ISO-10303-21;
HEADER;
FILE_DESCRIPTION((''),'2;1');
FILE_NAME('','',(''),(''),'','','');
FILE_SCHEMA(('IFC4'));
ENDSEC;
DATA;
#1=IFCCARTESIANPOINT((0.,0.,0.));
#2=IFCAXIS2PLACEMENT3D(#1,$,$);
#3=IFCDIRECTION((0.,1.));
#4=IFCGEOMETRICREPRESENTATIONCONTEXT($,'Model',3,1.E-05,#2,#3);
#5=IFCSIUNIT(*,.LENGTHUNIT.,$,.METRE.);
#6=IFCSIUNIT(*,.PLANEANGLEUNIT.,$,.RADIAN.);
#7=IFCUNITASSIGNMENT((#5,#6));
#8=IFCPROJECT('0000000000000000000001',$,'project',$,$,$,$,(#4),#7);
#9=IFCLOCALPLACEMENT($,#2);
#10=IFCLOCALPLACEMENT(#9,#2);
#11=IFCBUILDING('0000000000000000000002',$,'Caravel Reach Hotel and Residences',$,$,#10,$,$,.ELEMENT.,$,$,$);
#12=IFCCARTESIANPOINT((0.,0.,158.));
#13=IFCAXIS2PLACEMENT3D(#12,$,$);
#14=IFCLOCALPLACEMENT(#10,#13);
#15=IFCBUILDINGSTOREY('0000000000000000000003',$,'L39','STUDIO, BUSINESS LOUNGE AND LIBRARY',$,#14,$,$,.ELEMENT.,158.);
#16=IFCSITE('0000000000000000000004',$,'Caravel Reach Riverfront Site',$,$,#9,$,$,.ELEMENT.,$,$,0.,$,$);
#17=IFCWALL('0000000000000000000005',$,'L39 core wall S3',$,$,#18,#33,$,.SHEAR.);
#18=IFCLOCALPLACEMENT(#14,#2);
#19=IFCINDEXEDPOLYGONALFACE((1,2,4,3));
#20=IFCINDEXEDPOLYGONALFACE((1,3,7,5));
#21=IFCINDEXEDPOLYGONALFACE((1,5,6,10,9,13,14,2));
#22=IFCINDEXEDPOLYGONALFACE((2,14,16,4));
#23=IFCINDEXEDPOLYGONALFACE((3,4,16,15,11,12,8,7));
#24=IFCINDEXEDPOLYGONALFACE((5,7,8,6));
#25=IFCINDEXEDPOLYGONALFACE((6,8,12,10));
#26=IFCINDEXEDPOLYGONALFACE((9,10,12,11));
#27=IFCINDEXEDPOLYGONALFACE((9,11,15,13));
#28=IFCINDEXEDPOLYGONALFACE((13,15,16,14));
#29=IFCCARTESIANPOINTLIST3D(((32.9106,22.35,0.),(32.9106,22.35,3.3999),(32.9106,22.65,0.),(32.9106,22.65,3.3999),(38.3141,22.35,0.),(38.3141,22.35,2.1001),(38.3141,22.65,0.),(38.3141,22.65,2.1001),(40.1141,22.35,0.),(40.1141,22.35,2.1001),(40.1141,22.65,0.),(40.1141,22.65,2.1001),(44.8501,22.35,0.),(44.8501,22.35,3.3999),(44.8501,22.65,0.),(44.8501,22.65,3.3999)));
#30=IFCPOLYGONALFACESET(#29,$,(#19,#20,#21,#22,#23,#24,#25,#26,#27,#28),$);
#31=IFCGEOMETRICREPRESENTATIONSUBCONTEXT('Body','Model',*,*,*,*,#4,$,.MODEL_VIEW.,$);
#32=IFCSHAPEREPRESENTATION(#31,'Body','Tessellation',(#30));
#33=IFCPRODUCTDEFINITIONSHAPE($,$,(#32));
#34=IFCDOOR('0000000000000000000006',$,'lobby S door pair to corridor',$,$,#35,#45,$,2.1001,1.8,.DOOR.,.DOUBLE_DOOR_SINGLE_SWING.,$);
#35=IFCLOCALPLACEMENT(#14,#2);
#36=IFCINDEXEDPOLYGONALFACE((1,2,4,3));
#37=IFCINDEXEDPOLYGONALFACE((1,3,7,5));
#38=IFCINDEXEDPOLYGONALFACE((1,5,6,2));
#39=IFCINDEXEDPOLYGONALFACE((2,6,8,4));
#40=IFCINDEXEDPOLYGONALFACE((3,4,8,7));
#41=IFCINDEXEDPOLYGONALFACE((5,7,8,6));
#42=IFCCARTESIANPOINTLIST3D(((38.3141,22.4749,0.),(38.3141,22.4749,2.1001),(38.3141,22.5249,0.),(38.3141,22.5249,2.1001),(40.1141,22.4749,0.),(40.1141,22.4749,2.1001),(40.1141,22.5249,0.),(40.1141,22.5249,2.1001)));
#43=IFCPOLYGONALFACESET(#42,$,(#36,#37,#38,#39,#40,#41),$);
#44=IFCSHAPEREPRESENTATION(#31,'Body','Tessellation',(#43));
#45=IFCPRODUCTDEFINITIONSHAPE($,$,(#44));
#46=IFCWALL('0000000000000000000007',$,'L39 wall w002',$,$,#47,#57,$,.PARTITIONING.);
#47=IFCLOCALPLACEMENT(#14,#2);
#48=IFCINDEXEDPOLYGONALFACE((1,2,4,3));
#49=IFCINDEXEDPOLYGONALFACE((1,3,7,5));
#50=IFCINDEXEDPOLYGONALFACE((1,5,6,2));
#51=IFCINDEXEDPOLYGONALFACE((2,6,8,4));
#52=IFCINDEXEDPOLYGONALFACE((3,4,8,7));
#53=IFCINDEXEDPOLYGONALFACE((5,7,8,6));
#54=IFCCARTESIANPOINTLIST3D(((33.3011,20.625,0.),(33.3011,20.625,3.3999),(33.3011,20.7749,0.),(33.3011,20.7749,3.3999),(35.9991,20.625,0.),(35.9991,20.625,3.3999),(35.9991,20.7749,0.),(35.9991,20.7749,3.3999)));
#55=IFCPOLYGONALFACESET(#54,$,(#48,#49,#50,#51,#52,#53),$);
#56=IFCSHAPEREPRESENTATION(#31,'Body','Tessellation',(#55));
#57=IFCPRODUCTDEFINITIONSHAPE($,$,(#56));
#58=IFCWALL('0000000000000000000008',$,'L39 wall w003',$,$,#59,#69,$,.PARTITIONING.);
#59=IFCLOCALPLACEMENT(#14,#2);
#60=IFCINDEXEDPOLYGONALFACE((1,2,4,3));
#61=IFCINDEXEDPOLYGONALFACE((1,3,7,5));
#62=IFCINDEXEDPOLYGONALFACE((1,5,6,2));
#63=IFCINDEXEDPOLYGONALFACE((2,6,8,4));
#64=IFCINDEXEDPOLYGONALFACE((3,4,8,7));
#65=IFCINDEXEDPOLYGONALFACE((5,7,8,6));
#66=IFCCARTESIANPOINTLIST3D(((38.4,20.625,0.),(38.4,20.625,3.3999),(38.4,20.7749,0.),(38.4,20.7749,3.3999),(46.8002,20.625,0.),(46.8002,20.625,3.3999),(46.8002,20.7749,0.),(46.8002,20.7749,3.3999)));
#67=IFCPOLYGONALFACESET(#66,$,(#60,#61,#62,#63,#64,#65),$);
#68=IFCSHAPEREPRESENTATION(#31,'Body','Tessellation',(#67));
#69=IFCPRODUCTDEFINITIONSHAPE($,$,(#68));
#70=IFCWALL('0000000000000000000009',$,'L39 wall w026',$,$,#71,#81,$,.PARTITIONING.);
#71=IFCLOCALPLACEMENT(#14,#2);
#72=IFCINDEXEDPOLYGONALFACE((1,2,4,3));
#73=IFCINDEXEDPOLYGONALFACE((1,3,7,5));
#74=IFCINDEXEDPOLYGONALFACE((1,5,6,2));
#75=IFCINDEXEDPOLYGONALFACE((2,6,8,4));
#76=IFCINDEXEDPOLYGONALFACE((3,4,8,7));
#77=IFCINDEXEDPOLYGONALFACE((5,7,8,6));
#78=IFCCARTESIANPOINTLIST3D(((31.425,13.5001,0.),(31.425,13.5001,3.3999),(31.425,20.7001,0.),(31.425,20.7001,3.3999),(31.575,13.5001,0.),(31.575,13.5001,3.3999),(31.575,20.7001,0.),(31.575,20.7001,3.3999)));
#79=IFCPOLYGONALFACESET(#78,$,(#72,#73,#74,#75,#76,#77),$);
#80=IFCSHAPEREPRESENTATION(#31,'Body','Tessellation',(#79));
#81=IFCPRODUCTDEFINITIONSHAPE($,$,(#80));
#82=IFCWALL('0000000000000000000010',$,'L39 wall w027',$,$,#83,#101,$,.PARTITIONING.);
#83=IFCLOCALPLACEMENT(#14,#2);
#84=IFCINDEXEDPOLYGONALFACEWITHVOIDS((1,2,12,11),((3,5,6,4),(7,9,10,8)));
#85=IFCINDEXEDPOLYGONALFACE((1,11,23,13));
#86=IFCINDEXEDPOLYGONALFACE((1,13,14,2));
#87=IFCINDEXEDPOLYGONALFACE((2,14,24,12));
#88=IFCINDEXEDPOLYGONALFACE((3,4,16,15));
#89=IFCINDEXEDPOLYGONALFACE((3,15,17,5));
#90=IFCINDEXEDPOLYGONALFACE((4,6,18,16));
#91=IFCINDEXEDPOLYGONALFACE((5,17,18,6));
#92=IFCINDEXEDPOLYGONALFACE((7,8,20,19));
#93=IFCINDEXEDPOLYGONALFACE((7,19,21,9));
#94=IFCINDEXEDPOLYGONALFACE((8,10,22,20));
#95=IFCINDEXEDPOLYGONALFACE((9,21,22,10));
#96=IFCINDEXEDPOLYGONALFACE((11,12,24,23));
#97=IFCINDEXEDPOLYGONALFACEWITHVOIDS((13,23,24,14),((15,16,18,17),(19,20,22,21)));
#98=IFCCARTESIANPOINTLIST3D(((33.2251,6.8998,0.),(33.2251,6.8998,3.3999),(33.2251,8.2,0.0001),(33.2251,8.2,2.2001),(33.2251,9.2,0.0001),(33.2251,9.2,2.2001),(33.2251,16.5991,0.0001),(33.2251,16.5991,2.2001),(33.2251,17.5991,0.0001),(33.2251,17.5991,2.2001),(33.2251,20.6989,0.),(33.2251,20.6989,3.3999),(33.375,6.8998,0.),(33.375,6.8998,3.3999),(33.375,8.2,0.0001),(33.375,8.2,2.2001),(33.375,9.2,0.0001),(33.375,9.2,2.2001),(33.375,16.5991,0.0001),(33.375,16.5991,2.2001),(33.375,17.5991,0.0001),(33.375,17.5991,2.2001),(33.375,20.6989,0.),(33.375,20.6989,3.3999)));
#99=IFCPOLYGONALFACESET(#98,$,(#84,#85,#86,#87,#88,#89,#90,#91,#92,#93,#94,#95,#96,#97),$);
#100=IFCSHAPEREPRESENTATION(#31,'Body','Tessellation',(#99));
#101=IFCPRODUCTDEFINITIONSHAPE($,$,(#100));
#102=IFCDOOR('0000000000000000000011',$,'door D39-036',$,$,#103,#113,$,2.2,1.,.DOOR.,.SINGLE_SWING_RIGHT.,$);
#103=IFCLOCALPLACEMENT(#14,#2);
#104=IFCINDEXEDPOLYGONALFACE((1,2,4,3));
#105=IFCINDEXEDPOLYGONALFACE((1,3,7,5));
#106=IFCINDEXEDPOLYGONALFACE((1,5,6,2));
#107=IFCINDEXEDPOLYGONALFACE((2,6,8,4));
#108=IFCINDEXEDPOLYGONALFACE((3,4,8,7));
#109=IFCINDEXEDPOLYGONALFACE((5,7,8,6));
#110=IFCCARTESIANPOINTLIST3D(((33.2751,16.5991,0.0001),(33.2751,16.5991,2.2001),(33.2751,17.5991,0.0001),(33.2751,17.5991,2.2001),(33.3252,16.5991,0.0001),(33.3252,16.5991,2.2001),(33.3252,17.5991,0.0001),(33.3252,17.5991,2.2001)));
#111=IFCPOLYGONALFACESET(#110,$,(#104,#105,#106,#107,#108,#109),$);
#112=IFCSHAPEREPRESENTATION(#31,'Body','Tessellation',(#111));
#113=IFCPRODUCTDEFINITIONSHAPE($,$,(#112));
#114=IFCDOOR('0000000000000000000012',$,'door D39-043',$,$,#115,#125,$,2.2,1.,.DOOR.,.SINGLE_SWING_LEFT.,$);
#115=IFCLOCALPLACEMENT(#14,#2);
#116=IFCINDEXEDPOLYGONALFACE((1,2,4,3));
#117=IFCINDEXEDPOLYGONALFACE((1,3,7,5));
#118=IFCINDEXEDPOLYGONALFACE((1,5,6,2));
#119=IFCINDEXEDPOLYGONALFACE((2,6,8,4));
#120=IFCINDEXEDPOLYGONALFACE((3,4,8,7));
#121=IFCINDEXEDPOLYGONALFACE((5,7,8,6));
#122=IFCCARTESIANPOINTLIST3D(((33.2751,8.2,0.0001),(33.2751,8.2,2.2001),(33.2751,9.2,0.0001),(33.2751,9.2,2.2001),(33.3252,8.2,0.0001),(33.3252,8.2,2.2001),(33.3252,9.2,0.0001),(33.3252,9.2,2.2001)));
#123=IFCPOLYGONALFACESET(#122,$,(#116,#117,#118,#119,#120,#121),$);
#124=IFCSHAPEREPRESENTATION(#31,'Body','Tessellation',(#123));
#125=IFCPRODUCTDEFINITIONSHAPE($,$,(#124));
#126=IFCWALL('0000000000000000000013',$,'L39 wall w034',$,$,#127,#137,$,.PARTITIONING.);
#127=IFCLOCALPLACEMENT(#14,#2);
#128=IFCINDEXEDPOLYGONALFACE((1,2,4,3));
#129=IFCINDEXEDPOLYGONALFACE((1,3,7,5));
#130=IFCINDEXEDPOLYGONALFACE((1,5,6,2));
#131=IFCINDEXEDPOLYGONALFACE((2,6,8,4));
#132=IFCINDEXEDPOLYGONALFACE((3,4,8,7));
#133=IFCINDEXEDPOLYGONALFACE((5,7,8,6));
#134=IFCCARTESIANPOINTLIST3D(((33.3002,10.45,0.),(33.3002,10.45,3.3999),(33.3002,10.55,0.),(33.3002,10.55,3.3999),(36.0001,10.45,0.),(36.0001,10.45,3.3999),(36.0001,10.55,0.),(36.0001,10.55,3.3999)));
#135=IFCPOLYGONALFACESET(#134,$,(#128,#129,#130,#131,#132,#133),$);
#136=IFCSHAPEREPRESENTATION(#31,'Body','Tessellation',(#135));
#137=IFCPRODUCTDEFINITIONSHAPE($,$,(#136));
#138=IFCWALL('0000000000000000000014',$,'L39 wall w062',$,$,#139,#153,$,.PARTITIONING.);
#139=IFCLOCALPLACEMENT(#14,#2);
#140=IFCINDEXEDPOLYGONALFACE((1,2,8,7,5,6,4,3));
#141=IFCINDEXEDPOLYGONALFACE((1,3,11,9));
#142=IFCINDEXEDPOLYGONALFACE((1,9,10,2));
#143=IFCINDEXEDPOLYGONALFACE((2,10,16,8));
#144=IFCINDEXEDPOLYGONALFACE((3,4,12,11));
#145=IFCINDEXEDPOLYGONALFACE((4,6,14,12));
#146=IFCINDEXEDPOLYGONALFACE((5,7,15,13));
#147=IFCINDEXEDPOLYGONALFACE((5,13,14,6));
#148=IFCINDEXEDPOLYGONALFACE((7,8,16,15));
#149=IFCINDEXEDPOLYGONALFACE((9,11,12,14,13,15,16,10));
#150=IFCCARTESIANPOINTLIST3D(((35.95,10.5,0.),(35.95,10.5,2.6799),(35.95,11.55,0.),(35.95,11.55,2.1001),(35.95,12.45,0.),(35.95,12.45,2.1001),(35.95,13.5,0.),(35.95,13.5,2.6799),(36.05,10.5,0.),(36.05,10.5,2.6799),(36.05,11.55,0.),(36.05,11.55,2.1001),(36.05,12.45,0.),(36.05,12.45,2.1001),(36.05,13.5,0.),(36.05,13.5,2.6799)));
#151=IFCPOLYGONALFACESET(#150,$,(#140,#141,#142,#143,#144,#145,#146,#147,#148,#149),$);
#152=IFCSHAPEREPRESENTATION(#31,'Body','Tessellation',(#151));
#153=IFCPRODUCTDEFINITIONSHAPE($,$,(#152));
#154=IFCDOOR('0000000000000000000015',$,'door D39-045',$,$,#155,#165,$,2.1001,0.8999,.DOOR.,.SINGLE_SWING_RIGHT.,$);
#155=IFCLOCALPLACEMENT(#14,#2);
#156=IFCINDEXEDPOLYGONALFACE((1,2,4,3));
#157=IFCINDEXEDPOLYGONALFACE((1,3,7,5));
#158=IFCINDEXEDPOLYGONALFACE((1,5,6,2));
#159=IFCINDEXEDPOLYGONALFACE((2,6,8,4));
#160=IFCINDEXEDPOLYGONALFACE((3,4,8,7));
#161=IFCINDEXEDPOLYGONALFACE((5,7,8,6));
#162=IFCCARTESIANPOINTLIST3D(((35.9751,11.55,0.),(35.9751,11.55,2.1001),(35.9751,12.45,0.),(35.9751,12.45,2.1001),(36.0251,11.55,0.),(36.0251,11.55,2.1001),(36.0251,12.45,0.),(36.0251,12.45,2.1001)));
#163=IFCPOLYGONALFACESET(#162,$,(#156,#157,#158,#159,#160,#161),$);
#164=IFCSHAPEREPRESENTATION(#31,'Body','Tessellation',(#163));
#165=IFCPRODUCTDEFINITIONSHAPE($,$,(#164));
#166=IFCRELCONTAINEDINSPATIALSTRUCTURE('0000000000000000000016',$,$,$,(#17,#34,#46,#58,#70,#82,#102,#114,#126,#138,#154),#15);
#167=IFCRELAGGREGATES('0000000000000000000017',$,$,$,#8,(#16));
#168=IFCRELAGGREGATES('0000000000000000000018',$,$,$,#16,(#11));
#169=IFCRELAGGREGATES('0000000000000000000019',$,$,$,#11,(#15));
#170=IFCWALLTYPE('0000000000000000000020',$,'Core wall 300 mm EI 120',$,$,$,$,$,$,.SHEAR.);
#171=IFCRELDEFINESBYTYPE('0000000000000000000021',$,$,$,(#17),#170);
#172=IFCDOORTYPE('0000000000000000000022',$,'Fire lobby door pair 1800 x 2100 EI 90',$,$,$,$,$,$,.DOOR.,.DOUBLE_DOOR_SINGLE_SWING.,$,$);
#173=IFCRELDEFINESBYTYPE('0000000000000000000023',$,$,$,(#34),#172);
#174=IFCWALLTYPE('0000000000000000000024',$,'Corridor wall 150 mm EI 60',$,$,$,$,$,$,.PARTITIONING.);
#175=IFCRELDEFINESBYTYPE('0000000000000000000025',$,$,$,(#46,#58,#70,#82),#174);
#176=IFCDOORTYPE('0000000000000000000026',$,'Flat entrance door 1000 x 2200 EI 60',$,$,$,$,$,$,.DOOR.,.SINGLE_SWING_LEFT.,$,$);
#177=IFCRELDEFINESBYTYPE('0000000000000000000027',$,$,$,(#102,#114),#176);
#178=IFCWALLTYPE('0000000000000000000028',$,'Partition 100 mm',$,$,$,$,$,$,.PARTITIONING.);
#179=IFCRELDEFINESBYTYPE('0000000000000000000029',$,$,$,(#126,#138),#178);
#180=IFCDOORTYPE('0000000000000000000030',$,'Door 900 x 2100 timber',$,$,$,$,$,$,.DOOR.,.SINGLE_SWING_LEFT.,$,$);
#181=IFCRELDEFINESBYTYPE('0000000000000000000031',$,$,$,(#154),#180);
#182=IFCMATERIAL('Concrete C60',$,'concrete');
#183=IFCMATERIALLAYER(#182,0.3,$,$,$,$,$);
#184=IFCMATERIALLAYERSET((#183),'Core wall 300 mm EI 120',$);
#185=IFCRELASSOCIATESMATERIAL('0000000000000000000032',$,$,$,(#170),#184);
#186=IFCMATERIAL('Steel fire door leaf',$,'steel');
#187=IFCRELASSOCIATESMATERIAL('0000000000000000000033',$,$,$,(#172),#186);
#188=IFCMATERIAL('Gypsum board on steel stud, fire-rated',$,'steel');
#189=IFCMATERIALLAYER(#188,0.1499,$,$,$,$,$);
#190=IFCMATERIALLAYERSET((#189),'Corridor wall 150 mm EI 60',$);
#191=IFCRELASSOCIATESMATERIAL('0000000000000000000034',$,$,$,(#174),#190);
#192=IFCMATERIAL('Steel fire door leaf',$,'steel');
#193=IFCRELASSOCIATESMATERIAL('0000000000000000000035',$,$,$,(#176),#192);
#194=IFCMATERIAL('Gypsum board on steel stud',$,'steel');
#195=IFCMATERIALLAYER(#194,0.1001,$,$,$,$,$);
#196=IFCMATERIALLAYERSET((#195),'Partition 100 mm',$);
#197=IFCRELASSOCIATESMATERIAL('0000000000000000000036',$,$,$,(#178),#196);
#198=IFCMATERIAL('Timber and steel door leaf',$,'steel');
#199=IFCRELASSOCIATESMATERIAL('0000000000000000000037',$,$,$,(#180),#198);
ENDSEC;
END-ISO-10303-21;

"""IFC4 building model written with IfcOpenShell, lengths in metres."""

from ifc_helpers import new_model, si_unit, direction, frame, frame_2d, origin, place, context, subcontext, project, spatial, rectangle, extrude, material, layer, layer_set, type_object, element, fill, save


model = new_model("IFC4")

# Units and contexts
model_context = context("Model", 3, precision=1e-05, world=origin(), true_north=direction((0.0, 1.0)))
body_context = subcontext(model_context, "Body", "Model", "MODEL_VIEW")
ifc_project = project(units=[si_unit("LENGTHUNIT", "METRE"), si_unit("PLANEANGLEUNIT", "RADIAN")], contexts=[model_context])

# Site, building, storey
site_placement = place(None, origin())
site = spatial("IfcSite", under=ifc_project, at=site_placement, Name="Caravel Reach Riverfront Site", CompositionType="ELEMENT", RefElevation=0.0)
building_placement = place(site_placement, origin())
building = spatial("IfcBuilding", under=site, at=building_placement, Name="Caravel Reach Hotel and Residences", CompositionType="ELEMENT")
storey_placement = place(building_placement, frame((0.0, 0.0, 158.0)))
storey = spatial("IfcBuildingStorey", under=building, at=storey_placement, Name="L39", Description="STUDIO, BUSINESS LOUNGE AND LIBRARY", CompositionType="ELEMENT", Elevation=158.0)

# Wall, opening, door
ifc_material_1 = material(Name="Concrete C60", Category="concrete")
ifc_layer_1 = layer(ifc_material_1, 0.3)
ifc_layer_set_1 = layer_set([ifc_layer_1], Name="Core wall 300 mm EI 120")
wall_type_1 = type_object("IfcWallType", Name="Core wall 300 mm EI 120", PredefinedType="SHEAR", material=ifc_layer_set_1)
wall_1_placement = place(storey_placement, frame((32.9106, 22.5, 0.0), z_axis=(0.0, 0.0, 1.0), x_axis=(1.0, 0.0, 0.0)))
wall_1 = element("IfcWall", 1, at=wall_1_placement, inside=storey, type_object=wall_type_1, Name="L39 core wall S3", PredefinedType="SHEAR", context=body_context, shape_type="SweptSolid", body=[
    extrude(rectangle(XDim=11.9395, YDim=0.3, at=frame_2d((5.9697, 0.0))), origin(), (0.0, 0.0, 1.0), 3.3999),
])
opening_1_placement = place(wall_1_placement, frame((5.4036, 0.0, 0.0)))
opening_1 = element("IfcOpeningElement", 2, at=opening_1_placement, cuts=wall_1, PredefinedType="OPENING", context=body_context, shape_type="SweptSolid", body=[
    extrude(rectangle(XDim=1.8, YDim=2.1001, at=frame_2d((0.8999, 1.05))), frame((0.0, 0.1599, 0.0), z_axis=(0.0, -1.0, 0.0), x_axis=(1.0, 0.0, 0.0)), (0.0, 0.0, 1.0), 0.3201),
])
ifc_material_2 = material(Name="Steel fire door leaf", Category="steel")
door_type_1 = type_object("IfcDoorType", Name="Fire lobby door pair 1800 x 2100 EI 90", OperationType="DOUBLE_DOOR_SINGLE_SWING", PredefinedType="DOOR", material=ifc_material_2)
door_1_placement = place(opening_1_placement, origin())
door_1 = element("IfcDoor", 3, at=door_1_placement, inside=storey, type_object=door_type_1, Name="lobby S door pair to corridor", OperationType="DOUBLE_DOOR_SINGLE_SWING", OverallHeight=2.1001, OverallWidth=1.8, PredefinedType="DOOR", context=body_context, shape_type="SweptSolid", body=[
    extrude(rectangle(XDim=1.8, YDim=2.1001, at=frame_2d((0.8999, 1.05))), frame((0.0, 0.0249, 0.0), z_axis=(0.0, -1.0, 0.0), x_axis=(1.0, 0.0, 0.0)), (0.0, 0.0, 1.0), 0.05),
])
fill(opening_1, door_1)

# Walls
ifc_material_3 = material(Name="Gypsum board on steel stud, fire-rated", Category="steel")
ifc_layer_2 = layer(ifc_material_3, 0.1499)
ifc_layer_set_2 = layer_set([ifc_layer_2], Name="Corridor wall 150 mm EI 60")
wall_type_2 = type_object("IfcWallType", Name="Corridor wall 150 mm EI 60", PredefinedType="PARTITIONING", material=ifc_layer_set_2)
wall_2_placement = place(storey_placement, frame((33.301, 20.7, 0.0), z_axis=(0.0, 0.0, 1.0), x_axis=(1.0, 0.0, 0.0)))
element("IfcWall", 4, at=wall_2_placement, inside=storey, type_object=wall_type_2, Name="L39 wall w002", PredefinedType="PARTITIONING", context=body_context, shape_type="SweptSolid", body=[
    extrude(rectangle(XDim=2.698, YDim=0.1499, at=frame_2d((1.3491, 0.0))), origin(), (0.0, 0.0, 1.0), 3.3999),
])
wall_3_placement = place(storey_placement, frame((38.3999, 20.7, 0.0), z_axis=(0.0, 0.0, 1.0), x_axis=(1.0, 0.0, 0.0)))
element("IfcWall", 5, at=wall_3_placement, inside=storey, type_object=wall_type_2, Name="L39 wall w003", PredefinedType="PARTITIONING", context=body_context, shape_type="SweptSolid", body=[
    extrude(rectangle(XDim=8.4001, YDim=0.1499, at=frame_2d((4.2002, 0.0))), origin(), (0.0, 0.0, 1.0), 3.3999),
])
wall_4_placement = place(storey_placement, frame((31.5, 13.5, 0.0), z_axis=(0.0, 0.0, 1.0), x_axis=(0.0, 1.0, 0.0)))
element("IfcWall", 6, at=wall_4_placement, inside=storey, type_object=wall_type_2, Name="L39 wall w026", PredefinedType="PARTITIONING", context=body_context, shape_type="SweptSolid", body=[
    extrude(rectangle(XDim=7.2, YDim=0.1499, at=frame_2d((3.6001, 0.0))), origin(), (0.0, 0.0, 1.0), 3.3999),
])

# Wall, openings, doors
wall_5_placement = place(storey_placement, frame((33.3, 6.8999, 0.0), z_axis=(0.0, 0.0, 1.0), x_axis=(0.0, 1.0, 0.0)))
wall_5 = element("IfcWall", 7, at=wall_5_placement, inside=storey, type_object=wall_type_2, Name="L39 wall w027", PredefinedType="PARTITIONING", context=body_context, shape_type="SweptSolid", body=[
    extrude(rectangle(XDim=13.7991, YDim=0.1499, at=frame_2d((6.8994, 0.0))), origin(), (0.0, 0.0, 1.0), 3.3999),
])
opening_2_placement = place(wall_5_placement, frame((9.6992, 0.0, 0.0)))
opening_2 = element("IfcOpeningElement", 8, at=opening_2_placement, cuts=wall_5, PredefinedType="OPENING", context=body_context, shape_type="SweptSolid", body=[
    extrude(rectangle(XDim=1.0, YDim=2.2, at=frame_2d((0.5, 1.1001))), frame((0.0, 0.085, 0.0), z_axis=(0.0, -1.0, 0.0), x_axis=(1.0, 0.0, 0.0)), (0.0, 0.0, 1.0), 0.1699),
])
opening_3_placement = place(wall_5_placement, frame((1.3, 0.0, 0.0)))
opening_3 = element("IfcOpeningElement", 9, at=opening_3_placement, cuts=wall_5, PredefinedType="OPENING", context=body_context, shape_type="SweptSolid", body=[
    extrude(rectangle(XDim=1.0, YDim=2.2, at=frame_2d((0.5, 1.1001))), frame((0.0, 0.085, 0.0), z_axis=(0.0, -1.0, 0.0), x_axis=(1.0, 0.0, 0.0)), (0.0, 0.0, 1.0), 0.1699),
])
ifc_material_4 = material(Name="Steel fire door leaf", Category="steel")
door_type_2 = type_object("IfcDoorType", Name="Flat entrance door 1000 x 2200 EI 60", OperationType="SINGLE_SWING_LEFT", PredefinedType="DOOR", material=ifc_material_4)
door_2_placement = place(opening_2_placement, origin())
door_2 = element("IfcDoor", 10, at=door_2_placement, inside=storey, type_object=door_type_2, Name="door D39-036", OperationType="SINGLE_SWING_RIGHT", OverallHeight=2.2, OverallWidth=1.0, PredefinedType="DOOR", context=body_context, shape_type="SweptSolid", body=[
    extrude(rectangle(XDim=1.0, YDim=2.2, at=frame_2d((0.5, 1.1001))), frame((0.0, 0.0249, 0.0), z_axis=(0.0, -1.0, 0.0), x_axis=(1.0, 0.0, 0.0)), (0.0, 0.0, 1.0), 0.05),
])
fill(opening_2, door_2)
door_3_placement = place(opening_3_placement, origin())
door_3 = element("IfcDoor", 11, at=door_3_placement, inside=storey, type_object=door_type_2, Name="door D39-043", OperationType="SINGLE_SWING_LEFT", OverallHeight=2.2, OverallWidth=1.0, PredefinedType="DOOR", context=body_context, shape_type="SweptSolid", body=[
    extrude(rectangle(XDim=1.0, YDim=2.2, at=frame_2d((0.5, 1.1001))), frame((0.0, 0.0249, 0.0), z_axis=(0.0, -1.0, 0.0), x_axis=(1.0, 0.0, 0.0)), (0.0, 0.0, 1.0), 0.05),
])
fill(opening_3, door_3)

# Wall
ifc_material_5 = material(Name="Gypsum board on steel stud", Category="steel")
ifc_layer_3 = layer(ifc_material_5, 0.1001)
ifc_layer_set_3 = layer_set([ifc_layer_3], Name="Partition 100 mm")
wall_type_3 = type_object("IfcWallType", Name="Partition 100 mm", PredefinedType="PARTITIONING", material=ifc_layer_set_3)
wall_6_placement = place(storey_placement, frame((33.3, 10.5, 0.0), z_axis=(0.0, 0.0, 1.0), x_axis=(1.0, 0.0, 0.0)))
element("IfcWall", 12, at=wall_6_placement, inside=storey, type_object=wall_type_3, Name="L39 wall w034", PredefinedType="PARTITIONING", context=body_context, shape_type="SweptSolid", body=[
    extrude(rectangle(XDim=2.7, YDim=0.1001, at=frame_2d((1.3501, 0.0))), origin(), (0.0, 0.0, 1.0), 3.3999),
])

# Wall, opening, door
wall_7_placement = place(storey_placement, frame((36.0, 10.5, 0.0), z_axis=(0.0, 0.0, 1.0), x_axis=(0.0, 1.0, 0.0)))
wall_7 = element("IfcWall", 13, at=wall_7_placement, inside=storey, type_object=wall_type_3, Name="L39 wall w062", PredefinedType="PARTITIONING", context=body_context, shape_type="SweptSolid", body=[
    extrude(rectangle(XDim=3.0, YDim=0.1001, at=frame_2d((1.5, 0.0))), origin(), (0.0, 0.0, 1.0), 2.6799),
])
opening_4_placement = place(wall_7_placement, frame((1.05, 0.0, 0.0)))
opening_4 = element("IfcOpeningElement", 14, at=opening_4_placement, cuts=wall_7, PredefinedType="OPENING", context=body_context, shape_type="SweptSolid", body=[
    extrude(rectangle(XDim=0.8999, YDim=2.1001, at=frame_2d((0.45, 1.05))), frame((0.0, 0.0601, 0.0), z_axis=(0.0, -1.0, 0.0), x_axis=(1.0, 0.0, 0.0)), (0.0, 0.0, 1.0), 0.1201),
])
ifc_material_6 = material(Name="Timber and steel door leaf", Category="steel")
door_type_3 = type_object("IfcDoorType", Name="Door 900 x 2100 timber", OperationType="SINGLE_SWING_LEFT", PredefinedType="DOOR", material=ifc_material_6)
door_4_placement = place(opening_4_placement, origin())
door_4 = element("IfcDoor", 15, at=door_4_placement, inside=storey, type_object=door_type_3, Name="door D39-045", OperationType="SINGLE_SWING_RIGHT", OverallHeight=2.1001, OverallWidth=0.8999, PredefinedType="DOOR", context=body_context, shape_type="SweptSolid", body=[
    extrude(rectangle(XDim=0.8999, YDim=2.1001, at=frame_2d((0.45, 1.05))), frame((0.0, 0.0249, 0.0), z_axis=(0.0, -1.0, 0.0), x_axis=(1.0, 0.0, 0.0)), (0.0, 0.0, 1.0), 0.05),
])
fill(opening_4, door_4)

save(model, "model.ifc")
